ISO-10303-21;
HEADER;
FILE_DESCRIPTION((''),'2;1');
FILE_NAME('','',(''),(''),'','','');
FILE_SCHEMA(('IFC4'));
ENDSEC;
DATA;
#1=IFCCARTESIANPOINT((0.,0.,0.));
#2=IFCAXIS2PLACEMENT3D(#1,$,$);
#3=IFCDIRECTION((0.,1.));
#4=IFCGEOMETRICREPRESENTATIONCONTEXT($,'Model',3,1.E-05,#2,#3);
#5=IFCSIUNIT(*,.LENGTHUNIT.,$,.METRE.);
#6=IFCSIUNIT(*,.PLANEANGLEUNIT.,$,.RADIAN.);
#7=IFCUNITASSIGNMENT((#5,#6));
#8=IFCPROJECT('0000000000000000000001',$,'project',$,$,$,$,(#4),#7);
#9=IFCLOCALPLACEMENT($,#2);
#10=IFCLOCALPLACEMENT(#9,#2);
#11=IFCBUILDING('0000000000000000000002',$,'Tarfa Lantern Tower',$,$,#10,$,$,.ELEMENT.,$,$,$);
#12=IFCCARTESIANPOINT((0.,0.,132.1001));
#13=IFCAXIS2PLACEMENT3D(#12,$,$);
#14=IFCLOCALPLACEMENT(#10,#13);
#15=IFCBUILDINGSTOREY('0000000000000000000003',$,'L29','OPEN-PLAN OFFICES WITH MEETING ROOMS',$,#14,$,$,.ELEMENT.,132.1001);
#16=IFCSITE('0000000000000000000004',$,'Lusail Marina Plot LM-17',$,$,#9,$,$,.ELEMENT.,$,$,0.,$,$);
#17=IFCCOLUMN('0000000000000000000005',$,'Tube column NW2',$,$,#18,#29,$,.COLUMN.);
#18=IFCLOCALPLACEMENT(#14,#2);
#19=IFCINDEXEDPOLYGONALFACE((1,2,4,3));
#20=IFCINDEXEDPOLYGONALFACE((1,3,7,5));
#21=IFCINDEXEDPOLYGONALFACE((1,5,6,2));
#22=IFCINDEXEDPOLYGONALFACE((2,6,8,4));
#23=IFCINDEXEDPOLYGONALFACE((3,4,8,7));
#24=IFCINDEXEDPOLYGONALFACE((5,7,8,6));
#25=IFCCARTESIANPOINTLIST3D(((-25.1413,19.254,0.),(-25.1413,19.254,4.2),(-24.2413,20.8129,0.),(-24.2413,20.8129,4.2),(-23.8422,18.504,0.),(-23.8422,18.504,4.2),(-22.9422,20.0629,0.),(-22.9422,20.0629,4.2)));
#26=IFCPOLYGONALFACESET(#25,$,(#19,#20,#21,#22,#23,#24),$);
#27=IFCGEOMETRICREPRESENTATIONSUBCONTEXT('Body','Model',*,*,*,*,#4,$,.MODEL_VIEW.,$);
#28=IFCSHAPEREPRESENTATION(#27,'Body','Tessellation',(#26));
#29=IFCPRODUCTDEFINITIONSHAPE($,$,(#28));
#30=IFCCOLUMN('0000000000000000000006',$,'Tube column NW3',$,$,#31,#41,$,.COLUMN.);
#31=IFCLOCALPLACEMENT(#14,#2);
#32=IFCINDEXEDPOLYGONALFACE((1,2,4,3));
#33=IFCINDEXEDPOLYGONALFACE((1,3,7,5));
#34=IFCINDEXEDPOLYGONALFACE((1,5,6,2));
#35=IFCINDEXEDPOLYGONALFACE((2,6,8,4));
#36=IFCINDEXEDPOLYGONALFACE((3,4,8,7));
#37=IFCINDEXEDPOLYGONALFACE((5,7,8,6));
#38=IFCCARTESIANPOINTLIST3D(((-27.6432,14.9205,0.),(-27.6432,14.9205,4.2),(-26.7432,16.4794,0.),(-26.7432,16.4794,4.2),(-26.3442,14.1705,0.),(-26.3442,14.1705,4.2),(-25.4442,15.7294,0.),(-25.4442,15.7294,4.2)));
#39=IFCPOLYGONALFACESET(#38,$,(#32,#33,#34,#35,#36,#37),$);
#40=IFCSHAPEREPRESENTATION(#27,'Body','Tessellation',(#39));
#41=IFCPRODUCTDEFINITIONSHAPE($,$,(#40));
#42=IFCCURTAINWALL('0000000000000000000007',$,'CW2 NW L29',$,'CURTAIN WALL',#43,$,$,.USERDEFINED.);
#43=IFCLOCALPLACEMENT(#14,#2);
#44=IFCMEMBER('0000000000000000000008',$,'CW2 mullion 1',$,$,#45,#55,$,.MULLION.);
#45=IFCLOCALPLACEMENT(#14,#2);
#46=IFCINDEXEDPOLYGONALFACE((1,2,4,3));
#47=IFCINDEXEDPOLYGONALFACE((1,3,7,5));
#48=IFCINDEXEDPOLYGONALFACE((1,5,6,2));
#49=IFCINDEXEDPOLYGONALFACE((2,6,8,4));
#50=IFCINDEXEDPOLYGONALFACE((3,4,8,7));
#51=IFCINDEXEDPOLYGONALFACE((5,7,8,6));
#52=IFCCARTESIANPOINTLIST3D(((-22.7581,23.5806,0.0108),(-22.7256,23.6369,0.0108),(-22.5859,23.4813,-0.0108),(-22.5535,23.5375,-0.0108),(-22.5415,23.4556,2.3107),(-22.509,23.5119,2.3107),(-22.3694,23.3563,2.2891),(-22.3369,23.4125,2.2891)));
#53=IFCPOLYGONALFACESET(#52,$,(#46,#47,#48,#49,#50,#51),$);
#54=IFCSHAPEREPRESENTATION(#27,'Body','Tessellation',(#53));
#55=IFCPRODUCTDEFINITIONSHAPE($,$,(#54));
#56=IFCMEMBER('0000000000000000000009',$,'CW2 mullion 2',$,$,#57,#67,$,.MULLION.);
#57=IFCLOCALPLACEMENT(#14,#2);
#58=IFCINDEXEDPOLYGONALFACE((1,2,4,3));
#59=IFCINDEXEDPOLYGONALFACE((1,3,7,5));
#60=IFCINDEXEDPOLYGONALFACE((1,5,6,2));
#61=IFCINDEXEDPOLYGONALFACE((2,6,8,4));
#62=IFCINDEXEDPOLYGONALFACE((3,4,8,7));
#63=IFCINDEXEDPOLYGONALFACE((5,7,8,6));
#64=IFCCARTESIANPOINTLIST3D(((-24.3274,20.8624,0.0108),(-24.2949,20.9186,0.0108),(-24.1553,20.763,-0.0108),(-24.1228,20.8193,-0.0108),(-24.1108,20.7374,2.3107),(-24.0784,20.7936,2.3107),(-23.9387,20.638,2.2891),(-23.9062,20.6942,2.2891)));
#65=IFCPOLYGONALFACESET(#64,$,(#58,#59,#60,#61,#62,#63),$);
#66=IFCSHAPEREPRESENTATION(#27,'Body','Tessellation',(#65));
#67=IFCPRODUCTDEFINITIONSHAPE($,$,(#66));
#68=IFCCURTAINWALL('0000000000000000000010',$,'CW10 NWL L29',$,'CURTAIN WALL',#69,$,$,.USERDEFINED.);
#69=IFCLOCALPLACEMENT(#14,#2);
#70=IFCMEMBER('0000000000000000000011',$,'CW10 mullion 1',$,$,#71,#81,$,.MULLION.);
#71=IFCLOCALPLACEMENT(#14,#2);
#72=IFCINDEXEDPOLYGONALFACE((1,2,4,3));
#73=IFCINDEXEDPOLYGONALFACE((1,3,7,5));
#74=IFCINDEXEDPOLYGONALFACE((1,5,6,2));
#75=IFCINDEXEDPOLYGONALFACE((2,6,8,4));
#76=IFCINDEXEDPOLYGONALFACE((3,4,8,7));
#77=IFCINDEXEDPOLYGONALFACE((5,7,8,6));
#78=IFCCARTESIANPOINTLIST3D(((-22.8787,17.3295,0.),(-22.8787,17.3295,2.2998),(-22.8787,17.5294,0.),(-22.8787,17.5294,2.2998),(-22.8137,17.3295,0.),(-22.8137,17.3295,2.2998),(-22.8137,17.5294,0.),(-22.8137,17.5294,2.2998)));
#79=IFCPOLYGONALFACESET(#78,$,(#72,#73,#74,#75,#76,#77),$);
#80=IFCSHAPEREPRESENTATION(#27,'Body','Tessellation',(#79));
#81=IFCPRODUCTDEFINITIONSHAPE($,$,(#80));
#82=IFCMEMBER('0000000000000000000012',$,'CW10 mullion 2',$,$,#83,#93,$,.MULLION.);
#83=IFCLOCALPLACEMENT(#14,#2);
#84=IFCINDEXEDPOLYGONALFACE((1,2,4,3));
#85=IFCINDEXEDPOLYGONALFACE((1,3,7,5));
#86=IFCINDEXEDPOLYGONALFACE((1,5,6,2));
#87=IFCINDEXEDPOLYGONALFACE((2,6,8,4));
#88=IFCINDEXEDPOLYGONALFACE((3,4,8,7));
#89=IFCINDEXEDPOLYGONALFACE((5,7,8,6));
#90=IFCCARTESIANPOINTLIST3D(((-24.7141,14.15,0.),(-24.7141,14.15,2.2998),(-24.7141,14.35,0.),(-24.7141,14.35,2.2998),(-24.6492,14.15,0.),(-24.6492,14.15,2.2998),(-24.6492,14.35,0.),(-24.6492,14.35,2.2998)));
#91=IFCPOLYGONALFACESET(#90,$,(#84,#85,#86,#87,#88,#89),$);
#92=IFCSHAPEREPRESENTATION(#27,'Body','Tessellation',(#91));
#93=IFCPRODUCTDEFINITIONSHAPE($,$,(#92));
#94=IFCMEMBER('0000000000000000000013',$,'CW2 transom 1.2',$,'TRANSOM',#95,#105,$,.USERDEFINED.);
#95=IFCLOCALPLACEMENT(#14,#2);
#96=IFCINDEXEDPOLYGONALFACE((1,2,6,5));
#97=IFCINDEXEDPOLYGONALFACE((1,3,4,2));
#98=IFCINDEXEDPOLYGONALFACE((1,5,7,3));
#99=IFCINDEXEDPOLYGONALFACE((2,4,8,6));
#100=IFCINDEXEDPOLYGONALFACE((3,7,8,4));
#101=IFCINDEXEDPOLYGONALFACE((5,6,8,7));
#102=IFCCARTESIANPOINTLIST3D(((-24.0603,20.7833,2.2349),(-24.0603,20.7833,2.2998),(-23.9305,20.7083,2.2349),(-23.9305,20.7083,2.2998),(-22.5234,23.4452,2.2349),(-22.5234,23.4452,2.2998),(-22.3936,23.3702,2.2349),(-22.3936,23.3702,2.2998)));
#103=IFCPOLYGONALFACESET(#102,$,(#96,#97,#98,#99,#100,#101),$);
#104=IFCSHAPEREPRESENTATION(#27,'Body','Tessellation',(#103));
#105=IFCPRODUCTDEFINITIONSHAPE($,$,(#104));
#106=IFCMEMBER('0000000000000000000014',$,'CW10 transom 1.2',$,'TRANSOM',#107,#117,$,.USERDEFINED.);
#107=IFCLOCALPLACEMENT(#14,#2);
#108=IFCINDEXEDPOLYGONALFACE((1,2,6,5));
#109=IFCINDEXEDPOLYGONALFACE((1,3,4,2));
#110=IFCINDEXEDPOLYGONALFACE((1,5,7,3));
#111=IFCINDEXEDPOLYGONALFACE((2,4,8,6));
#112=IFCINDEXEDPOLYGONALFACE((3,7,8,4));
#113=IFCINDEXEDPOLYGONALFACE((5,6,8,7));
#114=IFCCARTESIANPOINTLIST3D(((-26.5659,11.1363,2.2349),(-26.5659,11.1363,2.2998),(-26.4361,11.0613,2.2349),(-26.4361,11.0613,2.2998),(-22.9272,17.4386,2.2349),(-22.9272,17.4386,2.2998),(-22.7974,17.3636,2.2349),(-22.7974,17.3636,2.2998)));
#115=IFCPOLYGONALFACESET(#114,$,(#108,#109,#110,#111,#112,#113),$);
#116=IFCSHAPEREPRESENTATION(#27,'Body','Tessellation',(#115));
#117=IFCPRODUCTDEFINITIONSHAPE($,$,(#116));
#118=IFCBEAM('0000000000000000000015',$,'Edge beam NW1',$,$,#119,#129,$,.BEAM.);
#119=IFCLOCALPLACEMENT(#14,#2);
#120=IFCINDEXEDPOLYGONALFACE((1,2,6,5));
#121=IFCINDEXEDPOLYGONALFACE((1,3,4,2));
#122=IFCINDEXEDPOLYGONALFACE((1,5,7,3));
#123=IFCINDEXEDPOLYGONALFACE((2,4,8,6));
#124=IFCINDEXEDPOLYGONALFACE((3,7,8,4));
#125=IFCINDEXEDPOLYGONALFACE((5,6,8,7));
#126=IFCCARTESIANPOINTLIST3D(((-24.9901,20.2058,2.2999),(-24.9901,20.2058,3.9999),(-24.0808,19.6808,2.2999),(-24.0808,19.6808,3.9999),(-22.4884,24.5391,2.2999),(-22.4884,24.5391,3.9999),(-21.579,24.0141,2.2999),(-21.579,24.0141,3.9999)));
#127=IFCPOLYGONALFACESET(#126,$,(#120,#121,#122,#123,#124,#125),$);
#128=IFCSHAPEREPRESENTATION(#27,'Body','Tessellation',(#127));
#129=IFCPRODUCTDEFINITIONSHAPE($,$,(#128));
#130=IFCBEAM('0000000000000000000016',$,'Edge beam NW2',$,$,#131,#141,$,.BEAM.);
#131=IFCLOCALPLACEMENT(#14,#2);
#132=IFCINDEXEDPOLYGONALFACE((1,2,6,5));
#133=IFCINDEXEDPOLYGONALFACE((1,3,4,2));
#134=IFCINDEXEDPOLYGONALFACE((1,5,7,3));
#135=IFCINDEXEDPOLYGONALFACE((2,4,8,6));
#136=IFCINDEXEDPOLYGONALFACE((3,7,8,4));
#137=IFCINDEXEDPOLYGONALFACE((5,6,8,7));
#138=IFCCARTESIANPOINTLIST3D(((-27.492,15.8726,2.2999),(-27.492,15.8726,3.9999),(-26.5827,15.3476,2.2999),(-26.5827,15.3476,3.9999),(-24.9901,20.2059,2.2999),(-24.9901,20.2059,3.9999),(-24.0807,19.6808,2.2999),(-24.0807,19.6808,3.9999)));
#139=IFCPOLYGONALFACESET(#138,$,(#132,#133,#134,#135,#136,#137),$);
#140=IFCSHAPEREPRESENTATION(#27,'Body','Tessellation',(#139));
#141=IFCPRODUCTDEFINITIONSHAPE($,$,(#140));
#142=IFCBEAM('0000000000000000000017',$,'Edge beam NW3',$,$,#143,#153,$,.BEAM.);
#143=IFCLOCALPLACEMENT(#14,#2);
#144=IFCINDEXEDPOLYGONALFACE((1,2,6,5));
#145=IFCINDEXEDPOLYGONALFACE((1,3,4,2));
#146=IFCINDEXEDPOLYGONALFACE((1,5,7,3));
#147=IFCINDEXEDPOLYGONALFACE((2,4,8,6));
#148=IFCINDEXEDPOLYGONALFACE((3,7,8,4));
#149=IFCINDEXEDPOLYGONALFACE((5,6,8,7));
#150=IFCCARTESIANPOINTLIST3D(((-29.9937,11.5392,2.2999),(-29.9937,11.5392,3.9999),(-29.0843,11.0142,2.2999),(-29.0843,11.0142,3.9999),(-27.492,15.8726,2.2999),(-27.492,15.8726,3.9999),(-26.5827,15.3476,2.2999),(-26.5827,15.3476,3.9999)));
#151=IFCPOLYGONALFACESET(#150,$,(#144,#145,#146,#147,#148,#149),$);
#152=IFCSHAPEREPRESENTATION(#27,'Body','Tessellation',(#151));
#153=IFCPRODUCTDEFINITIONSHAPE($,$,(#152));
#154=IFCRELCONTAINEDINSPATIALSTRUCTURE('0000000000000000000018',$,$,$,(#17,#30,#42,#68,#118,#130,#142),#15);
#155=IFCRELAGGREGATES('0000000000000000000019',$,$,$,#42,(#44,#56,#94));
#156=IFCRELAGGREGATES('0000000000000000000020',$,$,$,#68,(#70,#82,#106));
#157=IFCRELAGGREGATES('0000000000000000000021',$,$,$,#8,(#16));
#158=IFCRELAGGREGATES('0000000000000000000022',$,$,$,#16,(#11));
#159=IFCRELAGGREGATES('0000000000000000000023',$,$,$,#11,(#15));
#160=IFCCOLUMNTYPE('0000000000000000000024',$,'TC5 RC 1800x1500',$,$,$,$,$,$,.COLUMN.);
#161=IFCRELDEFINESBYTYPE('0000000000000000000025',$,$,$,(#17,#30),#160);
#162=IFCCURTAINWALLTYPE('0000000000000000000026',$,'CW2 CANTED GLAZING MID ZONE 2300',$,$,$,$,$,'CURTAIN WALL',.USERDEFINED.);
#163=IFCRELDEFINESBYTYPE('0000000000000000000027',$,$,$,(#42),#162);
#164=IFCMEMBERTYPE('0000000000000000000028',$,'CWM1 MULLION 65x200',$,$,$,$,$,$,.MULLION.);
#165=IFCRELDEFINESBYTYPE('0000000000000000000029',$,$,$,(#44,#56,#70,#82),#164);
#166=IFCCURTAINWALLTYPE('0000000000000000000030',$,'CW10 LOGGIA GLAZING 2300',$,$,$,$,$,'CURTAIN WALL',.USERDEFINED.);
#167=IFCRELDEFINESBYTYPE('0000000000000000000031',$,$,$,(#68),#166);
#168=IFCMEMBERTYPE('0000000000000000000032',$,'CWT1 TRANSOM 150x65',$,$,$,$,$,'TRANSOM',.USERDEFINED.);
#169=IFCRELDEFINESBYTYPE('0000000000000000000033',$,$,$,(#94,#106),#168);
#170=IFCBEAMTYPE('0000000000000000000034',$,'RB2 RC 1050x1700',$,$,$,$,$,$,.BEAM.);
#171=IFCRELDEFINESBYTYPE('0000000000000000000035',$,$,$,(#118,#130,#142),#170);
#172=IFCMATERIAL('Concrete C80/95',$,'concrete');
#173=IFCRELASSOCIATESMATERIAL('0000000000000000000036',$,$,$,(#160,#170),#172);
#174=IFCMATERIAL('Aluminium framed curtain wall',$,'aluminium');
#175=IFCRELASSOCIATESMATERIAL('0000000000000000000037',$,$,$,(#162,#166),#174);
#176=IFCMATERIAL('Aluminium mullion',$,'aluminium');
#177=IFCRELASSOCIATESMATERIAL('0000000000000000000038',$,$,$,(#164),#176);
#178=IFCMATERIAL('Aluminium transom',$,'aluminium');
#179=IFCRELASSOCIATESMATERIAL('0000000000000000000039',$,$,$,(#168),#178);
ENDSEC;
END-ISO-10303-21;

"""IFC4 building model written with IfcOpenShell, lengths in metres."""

from ifc_helpers import new_model, si_unit, direction, frame, origin, origin_2d, place, context, subcontext, project, spatial, rectangle, extrude, material, material_profile, profile_set, type_object, element, aggregate, save


model = new_model("IFC4")

# Units and contexts
model_context = context("Model", 3, precision=1e-05, world=origin(), true_north=direction((0.0, 1.0)))
body_context = subcontext(model_context, "Body", "Model", "MODEL_VIEW")
ifc_project = project(units=[si_unit("LENGTHUNIT", "METRE"), si_unit("PLANEANGLEUNIT", "RADIAN")], contexts=[model_context])

# Site, building, storey
site_placement = place(None, origin())
site = spatial("IfcSite", under=ifc_project, at=site_placement, Name="Lusail Marina Plot LM-17", CompositionType="ELEMENT", RefElevation=0.0)
building_placement = place(site_placement, origin())
building = spatial("IfcBuilding", under=site, at=building_placement, Name="Tarfa Lantern Tower", CompositionType="ELEMENT")
storey_placement = place(building_placement, frame((0.0, 0.0, 132.1001)))
storey = spatial("IfcBuildingStorey", under=building, at=storey_placement, Name="L29", Description="OPEN-PLAN OFFICES WITH MEETING ROOMS", CompositionType="ELEMENT", Elevation=132.1001)

# Columns
ifc_material_1 = material(Name="Concrete C80/95", Category="concrete")
ifc_material_profile_1 = material_profile(ifc_material_1, rectangle(XDim=1.8, YDim=1.5, at=origin_2d()), Name="RC 1800x1500")
ifc_profile_set_1 = profile_set([ifc_material_profile_1], Name="Concrete C80/95")
column_type = type_object("IfcColumnType", Name="TC5 RC 1800x1500", PredefinedType="COLUMN", material=ifc_profile_set_1)
for number, where, z_axis, x_axis, name in (
    (1, (-24.0417, 19.6584, 0.0), (0.0, 0.0, 1.0), (-0.5, -0.866025, 0.0), "Tube column NW2"),
    (2, (-26.5437, 15.325, 0.0), (0.0, 0.0, 1.0), (-0.5, -0.866025, 0.0), "Tube column NW3"),
):
    element("IfcColumn", number, at=place(storey_placement, frame(where, z_axis=z_axis, x_axis=x_axis)), inside=storey, type_object=column_type, Name=name, PredefinedType="COLUMN", context=body_context, shape_type="SweptSolid", body=[
        extrude(rectangle(XDim=1.8, YDim=1.5, at=origin_2d()), origin(), (0.0, 0.0, 1.0), 4.2),
    ])

# Curtain walls, members
ifc_material_2 = material(Name="Aluminium framed curtain wall", Category="aluminium")
curtain_wall_type_1 = type_object("IfcCurtainWallType", Name="CW2 CANTED GLAZING MID ZONE 2300", ElementType="CURTAIN WALL", PredefinedType="USERDEFINED", material=ifc_material_2)
curtain_wall_1_placement = place(storey_placement, origin())
curtain_wall_1 = element("IfcCurtainWall", 3, at=curtain_wall_1_placement, inside=storey, type_object=curtain_wall_type_1, Name="CW2 NW L29", ObjectType="CURTAIN WALL", PredefinedType="USERDEFINED")
ifc_material_3 = material(Name="Aluminium mullion", Category="aluminium")
ifc_material_profile_2 = material_profile(ifc_material_3, rectangle(XDim=0.0649, YDim=0.2, at=origin_2d()), Name="AL MULLION 65x200")
ifc_profile_set_2 = profile_set([ifc_material_profile_2], Name="Aluminium mullion")
member_type_1 = type_object("IfcMemberType", Name="CWM1 MULLION 65x200", PredefinedType="MULLION", material=ifc_profile_set_2)
member_1_placement = place(storey_placement, frame((-22.6558, 23.5591, 0.0), z_axis=(0.09361, -0.054034, 0.994142), x_axis=(0.49992, 0.866072, 0.0)))
member_1 = element("IfcMember", 4, at=member_1_placement, type_object=member_type_1, Name="CW2 mullion 1", PredefinedType="MULLION", context=body_context, shape_type="SweptSolid", body=[
    extrude(rectangle(XDim=0.0649, YDim=0.2, at=origin_2d()), origin(), (0.0, 0.0, 1.0), 2.3135),
])
member_2_placement = place(storey_placement, frame((-24.2251, 20.8408, 0.0), z_axis=(0.09361, -0.054034, 0.994142), x_axis=(0.49992, 0.866072, 0.0)))
member_2 = element("IfcMember", 5, at=member_2_placement, type_object=member_type_1, Name="CW2 mullion 2", PredefinedType="MULLION", context=body_context, shape_type="SweptSolid", body=[
    extrude(rectangle(XDim=0.0649, YDim=0.2, at=origin_2d()), origin(), (0.0, 0.0, 1.0), 2.3135),
])
curtain_wall_type_2 = type_object("IfcCurtainWallType", Name="CW10 LOGGIA GLAZING 2300", ElementType="CURTAIN WALL", PredefinedType="USERDEFINED", material=ifc_material_2)
curtain_wall_2_placement = place(storey_placement, origin())
curtain_wall_2 = element("IfcCurtainWall", 6, at=curtain_wall_2_placement, inside=storey, type_object=curtain_wall_type_2, Name="CW10 NWL L29", ObjectType="CURTAIN WALL", PredefinedType="USERDEFINED")
member_3_placement = place(storey_placement, frame((-22.8462, 17.4294, 0.0), z_axis=(0.0, 0.0, 1.0), x_axis=(1.0, 0.0, 0.0)))
member_3 = element("IfcMember", 7, at=member_3_placement, type_object=member_type_1, Name="CW10 mullion 1", PredefinedType="MULLION", context=body_context, shape_type="SweptSolid", body=[
    extrude(rectangle(XDim=0.0649, YDim=0.2, at=origin_2d()), origin(), (0.0, 0.0, 1.0), 2.2998),
])
member_4_placement = place(storey_placement, frame((-24.6816, 14.25, 0.0), z_axis=(0.0, 0.0, 1.0), x_axis=(1.0, 0.0, 0.0)))
member_4 = element("IfcMember", 8, at=member_4_placement, type_object=member_type_1, Name="CW10 mullion 2", PredefinedType="MULLION", context=body_context, shape_type="SweptSolid", body=[
    extrude(rectangle(XDim=0.0649, YDim=0.2, at=origin_2d()), origin(), (0.0, 0.0, 1.0), 2.2998),
])

# Members
ifc_material_4 = material(Name="Aluminium transom", Category="aluminium")
ifc_material_profile_3 = material_profile(ifc_material_4, rectangle(XDim=0.1499, YDim=0.0649, at=origin_2d()), Name="AL TRANSOM 150x65")
ifc_profile_set_3 = profile_set([ifc_material_profile_3], Name="Aluminium transom")
member_type_2 = type_object("IfcMemberType", Name="CWT1 TRANSOM 150x65", ElementType="TRANSOM", PredefinedType="USERDEFINED", material=ifc_profile_set_3)
member_5_placement = place(storey_placement, frame((-22.4585, 23.4077, 2.2673), z_axis=(-0.500009, -0.86602, 0.0), x_axis=(0.86602, -0.500009, 0.0)))
member_5 = element("IfcMember", 9, at=member_5_placement, type_object=member_type_2, Name="CW2 transom 1.2", ObjectType="TRANSOM", PredefinedType="USERDEFINED", context=body_context, shape_type="SweptSolid", body=[
    extrude(rectangle(XDim=0.1499, YDim=0.0649, at=origin_2d()), origin(), (0.0, 0.0, 1.0), 3.0737),
])
member_6_placement = place(storey_placement, frame((-22.8623, 17.4011, 2.2673), z_axis=(-0.500007, -0.866021, 0.0), x_axis=(0.866021, -0.500007, 0.0)))
member_6 = element("IfcMember", 10, at=member_6_placement, type_object=member_type_2, Name="CW10 transom 1.2", ObjectType="TRANSOM", PredefinedType="USERDEFINED", context=body_context, shape_type="SweptSolid", body=[
    extrude(rectangle(XDim=0.1499, YDim=0.0649, at=origin_2d()), origin(), (0.0, 0.0, 1.0), 7.2773),
])

# Beams
ifc_material_profile_4 = material_profile(ifc_material_1, rectangle(XDim=1.05, YDim=1.7, at=origin_2d()), Name="RC 1050x1700")
ifc_profile_set_4 = profile_set([ifc_material_profile_4], Name="Concrete C80/95")
beam_type_1 = type_object("IfcBeamType", Name="RB2 RC 1050x1700", PredefinedType="BEAM", material=ifc_profile_set_4)
for number, where, z_axis, x_axis, name in (
    (11, (-22.0337, 24.2766, 3.1499), (-0.499986, -0.866034, 0.0), (0.866034, -0.499986, 0.0), "Edge beam NW1"),
    (12, (-24.5354, 19.9434, 3.1499), (-0.500022, -0.866013, 0.0), (0.866013, -0.500022, 0.0), "Edge beam NW2"),
    (13, (-27.0374, 15.6101, 3.1499), (-0.499965, -0.866046, 0.0), (0.866046, -0.499965, 0.0), "Edge beam NW3"),
):
    element("IfcBeam", number, at=place(storey_placement, frame(where, z_axis=z_axis, x_axis=x_axis)), inside=storey, type_object=beam_type_1, Name=name, PredefinedType="BEAM", context=body_context, shape_type="SweptSolid", body=[
        extrude(rectangle(XDim=1.05, YDim=1.7, at=origin_2d()), origin(), (0.0, 0.0, 1.0), 5.0037),
    ])

aggregate(curtain_wall_1, [member_1, member_2, member_5])
aggregate(curtain_wall_2, [member_3, member_4, member_6])

save(model, "model.ifc")
